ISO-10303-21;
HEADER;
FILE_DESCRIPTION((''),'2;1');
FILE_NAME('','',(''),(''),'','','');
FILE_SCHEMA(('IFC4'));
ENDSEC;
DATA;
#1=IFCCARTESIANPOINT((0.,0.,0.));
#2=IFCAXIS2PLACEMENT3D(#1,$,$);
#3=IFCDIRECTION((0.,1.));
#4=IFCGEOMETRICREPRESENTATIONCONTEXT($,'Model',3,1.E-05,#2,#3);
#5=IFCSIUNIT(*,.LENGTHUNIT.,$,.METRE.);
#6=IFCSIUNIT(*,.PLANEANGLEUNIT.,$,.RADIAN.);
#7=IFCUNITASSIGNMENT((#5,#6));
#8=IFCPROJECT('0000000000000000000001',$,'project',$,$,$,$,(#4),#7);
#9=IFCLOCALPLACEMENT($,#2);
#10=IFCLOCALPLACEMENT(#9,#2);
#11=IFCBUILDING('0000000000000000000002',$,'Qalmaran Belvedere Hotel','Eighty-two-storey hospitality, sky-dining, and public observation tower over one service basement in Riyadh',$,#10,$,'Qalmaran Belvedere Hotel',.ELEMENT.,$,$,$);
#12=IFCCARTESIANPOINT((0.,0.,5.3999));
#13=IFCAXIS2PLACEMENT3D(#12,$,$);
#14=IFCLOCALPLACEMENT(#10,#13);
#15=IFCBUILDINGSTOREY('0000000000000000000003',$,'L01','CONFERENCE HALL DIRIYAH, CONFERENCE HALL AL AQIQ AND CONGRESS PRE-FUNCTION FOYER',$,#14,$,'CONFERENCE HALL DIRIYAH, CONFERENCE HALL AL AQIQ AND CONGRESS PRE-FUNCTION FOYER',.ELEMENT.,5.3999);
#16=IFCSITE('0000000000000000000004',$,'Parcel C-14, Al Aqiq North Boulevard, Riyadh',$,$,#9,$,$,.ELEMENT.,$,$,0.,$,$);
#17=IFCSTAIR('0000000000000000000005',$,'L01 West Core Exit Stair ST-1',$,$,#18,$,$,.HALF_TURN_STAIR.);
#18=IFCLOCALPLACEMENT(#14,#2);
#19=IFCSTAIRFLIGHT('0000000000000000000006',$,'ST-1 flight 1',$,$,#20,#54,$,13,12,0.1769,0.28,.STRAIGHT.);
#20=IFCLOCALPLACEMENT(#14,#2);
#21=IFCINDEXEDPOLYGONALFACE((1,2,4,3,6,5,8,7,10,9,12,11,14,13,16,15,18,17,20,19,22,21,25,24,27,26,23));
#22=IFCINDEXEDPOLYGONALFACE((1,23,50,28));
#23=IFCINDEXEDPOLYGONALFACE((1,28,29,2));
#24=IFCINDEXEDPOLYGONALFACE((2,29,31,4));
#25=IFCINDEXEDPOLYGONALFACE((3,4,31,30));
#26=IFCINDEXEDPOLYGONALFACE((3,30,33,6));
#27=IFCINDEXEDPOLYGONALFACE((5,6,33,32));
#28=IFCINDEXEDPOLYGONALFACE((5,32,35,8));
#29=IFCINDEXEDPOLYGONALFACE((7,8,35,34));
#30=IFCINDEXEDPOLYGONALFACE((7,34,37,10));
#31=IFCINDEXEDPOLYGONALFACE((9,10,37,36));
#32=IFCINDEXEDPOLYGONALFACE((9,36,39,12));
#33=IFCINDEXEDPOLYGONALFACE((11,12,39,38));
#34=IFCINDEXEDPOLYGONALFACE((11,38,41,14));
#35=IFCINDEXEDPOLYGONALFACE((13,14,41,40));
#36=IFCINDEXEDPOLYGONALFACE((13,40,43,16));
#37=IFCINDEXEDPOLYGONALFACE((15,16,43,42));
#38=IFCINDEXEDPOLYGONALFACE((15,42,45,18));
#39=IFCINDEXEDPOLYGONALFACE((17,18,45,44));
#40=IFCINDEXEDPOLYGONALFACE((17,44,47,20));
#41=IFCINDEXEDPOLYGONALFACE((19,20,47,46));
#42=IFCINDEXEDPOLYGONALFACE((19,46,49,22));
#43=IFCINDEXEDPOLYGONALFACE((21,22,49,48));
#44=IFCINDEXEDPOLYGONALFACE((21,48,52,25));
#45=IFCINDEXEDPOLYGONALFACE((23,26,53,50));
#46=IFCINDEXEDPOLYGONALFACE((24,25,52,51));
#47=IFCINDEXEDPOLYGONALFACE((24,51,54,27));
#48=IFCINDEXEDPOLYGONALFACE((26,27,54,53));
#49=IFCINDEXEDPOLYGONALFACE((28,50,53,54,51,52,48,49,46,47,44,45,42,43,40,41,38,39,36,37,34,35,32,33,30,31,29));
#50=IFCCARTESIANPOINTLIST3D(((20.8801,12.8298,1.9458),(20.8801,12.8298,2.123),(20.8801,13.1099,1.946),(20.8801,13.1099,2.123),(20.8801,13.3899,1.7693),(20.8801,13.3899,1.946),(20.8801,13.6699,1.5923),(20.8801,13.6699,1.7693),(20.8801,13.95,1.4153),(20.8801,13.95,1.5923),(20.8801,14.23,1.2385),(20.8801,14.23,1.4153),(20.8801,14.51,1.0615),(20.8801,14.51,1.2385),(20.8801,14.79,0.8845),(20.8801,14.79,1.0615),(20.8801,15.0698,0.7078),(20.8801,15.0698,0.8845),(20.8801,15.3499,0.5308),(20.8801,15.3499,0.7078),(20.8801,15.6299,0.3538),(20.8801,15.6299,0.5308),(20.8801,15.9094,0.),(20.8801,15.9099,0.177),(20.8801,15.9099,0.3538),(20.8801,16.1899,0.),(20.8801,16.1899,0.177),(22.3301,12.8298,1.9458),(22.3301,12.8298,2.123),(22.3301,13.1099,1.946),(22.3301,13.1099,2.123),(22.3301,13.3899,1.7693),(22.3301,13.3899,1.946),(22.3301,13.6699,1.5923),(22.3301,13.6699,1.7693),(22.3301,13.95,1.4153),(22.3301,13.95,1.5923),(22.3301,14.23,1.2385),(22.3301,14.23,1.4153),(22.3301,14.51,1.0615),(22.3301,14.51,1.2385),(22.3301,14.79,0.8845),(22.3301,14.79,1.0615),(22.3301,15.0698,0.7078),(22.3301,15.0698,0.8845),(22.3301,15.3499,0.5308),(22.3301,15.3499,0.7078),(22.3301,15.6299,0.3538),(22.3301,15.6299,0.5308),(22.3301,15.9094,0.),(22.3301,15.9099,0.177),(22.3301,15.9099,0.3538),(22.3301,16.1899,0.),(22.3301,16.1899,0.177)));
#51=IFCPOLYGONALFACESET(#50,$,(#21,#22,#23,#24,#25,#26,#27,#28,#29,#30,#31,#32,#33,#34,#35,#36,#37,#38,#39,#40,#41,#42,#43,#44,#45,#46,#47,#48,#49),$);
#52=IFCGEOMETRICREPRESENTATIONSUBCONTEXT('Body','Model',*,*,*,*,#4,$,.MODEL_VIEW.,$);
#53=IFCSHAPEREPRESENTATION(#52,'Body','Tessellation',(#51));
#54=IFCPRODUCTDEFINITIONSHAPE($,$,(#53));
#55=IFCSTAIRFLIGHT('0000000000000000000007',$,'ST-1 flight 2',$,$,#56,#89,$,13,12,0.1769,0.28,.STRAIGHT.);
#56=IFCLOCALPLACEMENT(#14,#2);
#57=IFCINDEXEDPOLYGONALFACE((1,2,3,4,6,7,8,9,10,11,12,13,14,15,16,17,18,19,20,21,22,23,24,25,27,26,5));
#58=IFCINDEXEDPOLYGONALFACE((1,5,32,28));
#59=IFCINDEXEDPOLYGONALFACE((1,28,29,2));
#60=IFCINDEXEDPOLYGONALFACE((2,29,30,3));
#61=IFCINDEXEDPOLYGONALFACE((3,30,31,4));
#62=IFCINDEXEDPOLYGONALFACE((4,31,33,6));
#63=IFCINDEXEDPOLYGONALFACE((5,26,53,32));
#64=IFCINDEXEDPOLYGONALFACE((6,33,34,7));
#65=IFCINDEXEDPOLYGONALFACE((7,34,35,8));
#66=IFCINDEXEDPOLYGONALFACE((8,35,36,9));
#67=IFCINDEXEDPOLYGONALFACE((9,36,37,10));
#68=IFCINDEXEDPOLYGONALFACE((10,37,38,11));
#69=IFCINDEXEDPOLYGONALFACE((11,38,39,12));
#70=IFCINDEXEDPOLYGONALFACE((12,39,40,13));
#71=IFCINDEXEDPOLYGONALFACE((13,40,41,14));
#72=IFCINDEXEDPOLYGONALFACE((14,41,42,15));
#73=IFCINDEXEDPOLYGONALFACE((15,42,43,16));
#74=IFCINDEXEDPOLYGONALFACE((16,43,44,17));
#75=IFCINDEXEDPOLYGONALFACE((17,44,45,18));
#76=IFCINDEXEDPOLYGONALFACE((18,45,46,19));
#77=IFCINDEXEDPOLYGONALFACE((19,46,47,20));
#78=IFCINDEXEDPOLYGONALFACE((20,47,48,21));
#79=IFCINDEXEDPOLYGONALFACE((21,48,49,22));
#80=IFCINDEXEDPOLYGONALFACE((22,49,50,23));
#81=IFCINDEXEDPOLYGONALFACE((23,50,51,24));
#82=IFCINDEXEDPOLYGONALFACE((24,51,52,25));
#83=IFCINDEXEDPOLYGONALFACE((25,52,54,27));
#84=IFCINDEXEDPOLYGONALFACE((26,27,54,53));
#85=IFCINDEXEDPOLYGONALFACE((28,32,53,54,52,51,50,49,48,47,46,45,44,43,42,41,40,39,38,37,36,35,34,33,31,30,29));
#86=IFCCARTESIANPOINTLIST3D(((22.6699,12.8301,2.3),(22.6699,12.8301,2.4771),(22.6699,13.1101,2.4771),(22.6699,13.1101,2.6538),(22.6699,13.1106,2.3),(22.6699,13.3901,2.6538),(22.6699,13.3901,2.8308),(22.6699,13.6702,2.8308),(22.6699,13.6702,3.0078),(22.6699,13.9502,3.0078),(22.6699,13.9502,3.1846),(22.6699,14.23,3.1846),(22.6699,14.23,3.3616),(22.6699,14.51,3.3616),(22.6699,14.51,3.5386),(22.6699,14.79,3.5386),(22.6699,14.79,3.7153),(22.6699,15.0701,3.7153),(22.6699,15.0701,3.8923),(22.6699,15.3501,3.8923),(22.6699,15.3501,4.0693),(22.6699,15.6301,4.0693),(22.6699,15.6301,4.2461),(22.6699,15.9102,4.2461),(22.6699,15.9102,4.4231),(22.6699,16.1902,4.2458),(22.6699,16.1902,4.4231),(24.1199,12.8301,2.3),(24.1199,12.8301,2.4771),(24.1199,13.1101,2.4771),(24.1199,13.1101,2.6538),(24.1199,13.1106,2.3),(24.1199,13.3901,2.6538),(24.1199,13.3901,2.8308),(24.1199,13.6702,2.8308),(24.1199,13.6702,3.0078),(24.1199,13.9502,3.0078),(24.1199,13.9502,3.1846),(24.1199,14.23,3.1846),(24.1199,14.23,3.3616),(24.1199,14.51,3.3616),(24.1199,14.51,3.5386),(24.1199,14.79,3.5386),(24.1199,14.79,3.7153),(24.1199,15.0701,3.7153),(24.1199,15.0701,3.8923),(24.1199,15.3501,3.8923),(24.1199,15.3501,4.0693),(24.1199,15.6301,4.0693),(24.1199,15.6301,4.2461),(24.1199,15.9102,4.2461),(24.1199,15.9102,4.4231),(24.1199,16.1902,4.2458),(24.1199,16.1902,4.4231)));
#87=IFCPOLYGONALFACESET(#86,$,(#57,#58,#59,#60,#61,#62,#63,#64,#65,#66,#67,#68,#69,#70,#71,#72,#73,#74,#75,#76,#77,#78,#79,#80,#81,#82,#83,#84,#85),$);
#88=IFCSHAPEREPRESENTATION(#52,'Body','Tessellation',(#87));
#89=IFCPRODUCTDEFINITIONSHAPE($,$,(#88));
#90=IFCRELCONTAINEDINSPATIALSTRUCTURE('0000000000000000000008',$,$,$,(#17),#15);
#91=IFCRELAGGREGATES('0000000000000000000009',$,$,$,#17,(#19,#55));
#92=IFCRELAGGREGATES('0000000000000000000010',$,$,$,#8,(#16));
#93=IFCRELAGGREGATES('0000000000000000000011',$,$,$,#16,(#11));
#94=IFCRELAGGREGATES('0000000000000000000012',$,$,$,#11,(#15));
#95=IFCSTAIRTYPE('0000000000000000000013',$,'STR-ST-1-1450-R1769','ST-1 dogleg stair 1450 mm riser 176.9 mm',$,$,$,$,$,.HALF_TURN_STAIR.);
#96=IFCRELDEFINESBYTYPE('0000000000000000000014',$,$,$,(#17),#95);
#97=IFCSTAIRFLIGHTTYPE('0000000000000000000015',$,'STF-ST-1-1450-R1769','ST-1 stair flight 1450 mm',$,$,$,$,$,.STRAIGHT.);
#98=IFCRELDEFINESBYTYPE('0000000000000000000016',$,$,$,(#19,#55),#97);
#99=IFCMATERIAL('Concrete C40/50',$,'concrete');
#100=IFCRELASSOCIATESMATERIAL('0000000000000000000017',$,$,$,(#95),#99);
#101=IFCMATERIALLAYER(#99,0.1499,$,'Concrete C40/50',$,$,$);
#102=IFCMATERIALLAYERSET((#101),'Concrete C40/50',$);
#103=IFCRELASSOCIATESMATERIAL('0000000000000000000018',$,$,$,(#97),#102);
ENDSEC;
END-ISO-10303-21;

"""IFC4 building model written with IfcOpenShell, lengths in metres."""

from ifc_helpers import new_model, si_unit, direction, frame, origin, place, context, subcontext, project, spatial, polyline, outline, extrude, material, layer, layer_set, type_object, element, aggregate, save


model = new_model("IFC4")

# Units and contexts
model_context = context("Model", 3, precision=1e-05, world=origin(), true_north=direction((0.0, 1.0)))
body_context = subcontext(model_context, "Body", "Model", "MODEL_VIEW")
ifc_project = project(units=[si_unit("LENGTHUNIT", "METRE"), si_unit("PLANEANGLEUNIT", "RADIAN")], contexts=[model_context])

# Site, building, storey
site_placement = place(None, origin())
site = spatial("IfcSite", under=ifc_project, at=site_placement, Name="Parcel C-14, Al Aqiq North Boulevard, Riyadh", CompositionType="ELEMENT", RefElevation=0.0)
building_placement = place(site_placement, origin())
building = spatial("IfcBuilding", under=site, at=building_placement, Name="Qalmaran Belvedere Hotel", Description="Eighty-two-storey hospitality, sky-dining, and public observation tower over one service basement in Riyadh", LongName="Qalmaran Belvedere Hotel", CompositionType="ELEMENT")
storey_placement = place(building_placement, frame((0.0, 0.0, 5.3999)))
storey = spatial("IfcBuildingStorey", under=building, at=storey_placement, Name="L01", Description="CONFERENCE HALL DIRIYAH, CONFERENCE HALL AL AQIQ AND CONGRESS PRE-FUNCTION FOYER", LongName="CONFERENCE HALL DIRIYAH, CONFERENCE HALL AL AQIQ AND CONGRESS PRE-FUNCTION FOYER", CompositionType="ELEMENT", Elevation=5.3999)

# Stair, stair flights
ifc_material_1 = material(Name="Concrete C40/50", Category="concrete")
stair_type = type_object("IfcStairType", Name="STR-ST-1-1450-R1769", Description="ST-1 dogleg stair 1450 mm riser 176.9 mm", PredefinedType="HALF_TURN_STAIR", material=ifc_material_1)
stair_placement = place(storey_placement, origin())
stair = element("IfcStair", 1, at=stair_placement, inside=storey, type_object=stair_type, Name="L01 West Core Exit Stair ST-1", PredefinedType="HALF_TURN_STAIR")
ifc_layer_1 = layer(ifc_material_1, 0.1499, Name="Concrete C40/50")
ifc_layer_set_1 = layer_set([ifc_layer_1], Name="Concrete C40/50")
stair_flight_type = type_object("IfcStairFlightType", Name="STF-ST-1-1450-R1769", Description="ST-1 stair flight 1450 mm", PredefinedType="STRAIGHT", material=ifc_layer_set_1)
stair_flight_1_placement = place(storey_placement, frame((21.605, 16.1899, 0.0), z_axis=(0.0, 0.0, 1.0), x_axis=(0.0, -1.0, 0.0)))
stair_flight_1 = element("IfcStairFlight", 2, at=stair_flight_1_placement, type_object=stair_flight_type, Name="ST-1 flight 1", NumberOfRisers=13, NumberOfTreads=12, PredefinedType="STRAIGHT", RiserHeight=0.1769, TreadLength=0.28, context=body_context, shape_type="SweptSolid", body=[
    extrude(outline(polyline([(0.0, 0.0), (0.0, 0.177), (0.28, 0.177), (0.28, 0.3538), (0.5601, 0.3538), (0.5601, 0.5308), (0.8401, 0.5308), (0.8401, 0.7078), (1.1201, 0.7078), (1.1201, 0.8845), (1.3999, 0.8845), (1.3999, 1.0615), (1.6799, 1.0615), (1.6799, 1.2385), (1.96, 1.2385), (1.96, 1.4153), (2.24, 1.4153), (2.24, 1.5923), (2.52, 1.5923), (2.52, 1.7693), (2.8, 1.7693), (2.8, 1.946), (3.0801, 1.946), (3.0801, 2.123), (3.3601, 2.123), (3.3601, 2.3), (3.3601, 1.9458), (0.2805, 0.0), (0.0, 0.0)])), frame((0.0, 0.7251, 0.0), z_axis=(0.0, -1.0, 0.0), x_axis=(1.0, 0.0, 0.0)), (0.0, 0.0, 1.0), 1.45),
])
stair_flight_2_placement = place(storey_placement, frame((23.395, 12.8301, 2.3), z_axis=(0.0, 0.0, 1.0), x_axis=(0.0, 1.0, 0.0)))
stair_flight_2 = element("IfcStairFlight", 3, at=stair_flight_2_placement, type_object=stair_flight_type, Name="ST-1 flight 2", NumberOfRisers=13, NumberOfTreads=12, PredefinedType="STRAIGHT", RiserHeight=0.1769, TreadLength=0.28, context=body_context, shape_type="SweptSolid", body=[
    extrude(outline(polyline([(0.0, 0.0), (0.0, 0.177), (0.28, 0.177), (0.28, 0.3538), (0.5601, 0.3538), (0.5601, 0.5308), (0.8401, 0.5308), (0.8401, 0.7078), (1.1201, 0.7078), (1.1201, 0.8845), (1.3999, 0.8845), (1.3999, 1.0615), (1.6799, 1.0615), (1.6799, 1.2385), (1.96, 1.2385), (1.96, 1.4153), (2.24, 1.4153), (2.24, 1.5923), (2.52, 1.5923), (2.52, 1.7693), (2.8, 1.7693), (2.8, 1.946), (3.0801, 1.946), (3.0801, 2.123), (3.3601, 2.123), (3.3601, 2.3), (3.3601, 1.9458), (0.2805, 0.0), (0.0, 0.0)])), frame((0.0, 0.7251, 0.0), z_axis=(0.0, -1.0, 0.0), x_axis=(1.0, 0.0, 0.0)), (0.0, 0.0, 1.0), 1.45),
])
aggregate(stair, [stair_flight_1, stair_flight_2])

save(model, "model.ifc")
